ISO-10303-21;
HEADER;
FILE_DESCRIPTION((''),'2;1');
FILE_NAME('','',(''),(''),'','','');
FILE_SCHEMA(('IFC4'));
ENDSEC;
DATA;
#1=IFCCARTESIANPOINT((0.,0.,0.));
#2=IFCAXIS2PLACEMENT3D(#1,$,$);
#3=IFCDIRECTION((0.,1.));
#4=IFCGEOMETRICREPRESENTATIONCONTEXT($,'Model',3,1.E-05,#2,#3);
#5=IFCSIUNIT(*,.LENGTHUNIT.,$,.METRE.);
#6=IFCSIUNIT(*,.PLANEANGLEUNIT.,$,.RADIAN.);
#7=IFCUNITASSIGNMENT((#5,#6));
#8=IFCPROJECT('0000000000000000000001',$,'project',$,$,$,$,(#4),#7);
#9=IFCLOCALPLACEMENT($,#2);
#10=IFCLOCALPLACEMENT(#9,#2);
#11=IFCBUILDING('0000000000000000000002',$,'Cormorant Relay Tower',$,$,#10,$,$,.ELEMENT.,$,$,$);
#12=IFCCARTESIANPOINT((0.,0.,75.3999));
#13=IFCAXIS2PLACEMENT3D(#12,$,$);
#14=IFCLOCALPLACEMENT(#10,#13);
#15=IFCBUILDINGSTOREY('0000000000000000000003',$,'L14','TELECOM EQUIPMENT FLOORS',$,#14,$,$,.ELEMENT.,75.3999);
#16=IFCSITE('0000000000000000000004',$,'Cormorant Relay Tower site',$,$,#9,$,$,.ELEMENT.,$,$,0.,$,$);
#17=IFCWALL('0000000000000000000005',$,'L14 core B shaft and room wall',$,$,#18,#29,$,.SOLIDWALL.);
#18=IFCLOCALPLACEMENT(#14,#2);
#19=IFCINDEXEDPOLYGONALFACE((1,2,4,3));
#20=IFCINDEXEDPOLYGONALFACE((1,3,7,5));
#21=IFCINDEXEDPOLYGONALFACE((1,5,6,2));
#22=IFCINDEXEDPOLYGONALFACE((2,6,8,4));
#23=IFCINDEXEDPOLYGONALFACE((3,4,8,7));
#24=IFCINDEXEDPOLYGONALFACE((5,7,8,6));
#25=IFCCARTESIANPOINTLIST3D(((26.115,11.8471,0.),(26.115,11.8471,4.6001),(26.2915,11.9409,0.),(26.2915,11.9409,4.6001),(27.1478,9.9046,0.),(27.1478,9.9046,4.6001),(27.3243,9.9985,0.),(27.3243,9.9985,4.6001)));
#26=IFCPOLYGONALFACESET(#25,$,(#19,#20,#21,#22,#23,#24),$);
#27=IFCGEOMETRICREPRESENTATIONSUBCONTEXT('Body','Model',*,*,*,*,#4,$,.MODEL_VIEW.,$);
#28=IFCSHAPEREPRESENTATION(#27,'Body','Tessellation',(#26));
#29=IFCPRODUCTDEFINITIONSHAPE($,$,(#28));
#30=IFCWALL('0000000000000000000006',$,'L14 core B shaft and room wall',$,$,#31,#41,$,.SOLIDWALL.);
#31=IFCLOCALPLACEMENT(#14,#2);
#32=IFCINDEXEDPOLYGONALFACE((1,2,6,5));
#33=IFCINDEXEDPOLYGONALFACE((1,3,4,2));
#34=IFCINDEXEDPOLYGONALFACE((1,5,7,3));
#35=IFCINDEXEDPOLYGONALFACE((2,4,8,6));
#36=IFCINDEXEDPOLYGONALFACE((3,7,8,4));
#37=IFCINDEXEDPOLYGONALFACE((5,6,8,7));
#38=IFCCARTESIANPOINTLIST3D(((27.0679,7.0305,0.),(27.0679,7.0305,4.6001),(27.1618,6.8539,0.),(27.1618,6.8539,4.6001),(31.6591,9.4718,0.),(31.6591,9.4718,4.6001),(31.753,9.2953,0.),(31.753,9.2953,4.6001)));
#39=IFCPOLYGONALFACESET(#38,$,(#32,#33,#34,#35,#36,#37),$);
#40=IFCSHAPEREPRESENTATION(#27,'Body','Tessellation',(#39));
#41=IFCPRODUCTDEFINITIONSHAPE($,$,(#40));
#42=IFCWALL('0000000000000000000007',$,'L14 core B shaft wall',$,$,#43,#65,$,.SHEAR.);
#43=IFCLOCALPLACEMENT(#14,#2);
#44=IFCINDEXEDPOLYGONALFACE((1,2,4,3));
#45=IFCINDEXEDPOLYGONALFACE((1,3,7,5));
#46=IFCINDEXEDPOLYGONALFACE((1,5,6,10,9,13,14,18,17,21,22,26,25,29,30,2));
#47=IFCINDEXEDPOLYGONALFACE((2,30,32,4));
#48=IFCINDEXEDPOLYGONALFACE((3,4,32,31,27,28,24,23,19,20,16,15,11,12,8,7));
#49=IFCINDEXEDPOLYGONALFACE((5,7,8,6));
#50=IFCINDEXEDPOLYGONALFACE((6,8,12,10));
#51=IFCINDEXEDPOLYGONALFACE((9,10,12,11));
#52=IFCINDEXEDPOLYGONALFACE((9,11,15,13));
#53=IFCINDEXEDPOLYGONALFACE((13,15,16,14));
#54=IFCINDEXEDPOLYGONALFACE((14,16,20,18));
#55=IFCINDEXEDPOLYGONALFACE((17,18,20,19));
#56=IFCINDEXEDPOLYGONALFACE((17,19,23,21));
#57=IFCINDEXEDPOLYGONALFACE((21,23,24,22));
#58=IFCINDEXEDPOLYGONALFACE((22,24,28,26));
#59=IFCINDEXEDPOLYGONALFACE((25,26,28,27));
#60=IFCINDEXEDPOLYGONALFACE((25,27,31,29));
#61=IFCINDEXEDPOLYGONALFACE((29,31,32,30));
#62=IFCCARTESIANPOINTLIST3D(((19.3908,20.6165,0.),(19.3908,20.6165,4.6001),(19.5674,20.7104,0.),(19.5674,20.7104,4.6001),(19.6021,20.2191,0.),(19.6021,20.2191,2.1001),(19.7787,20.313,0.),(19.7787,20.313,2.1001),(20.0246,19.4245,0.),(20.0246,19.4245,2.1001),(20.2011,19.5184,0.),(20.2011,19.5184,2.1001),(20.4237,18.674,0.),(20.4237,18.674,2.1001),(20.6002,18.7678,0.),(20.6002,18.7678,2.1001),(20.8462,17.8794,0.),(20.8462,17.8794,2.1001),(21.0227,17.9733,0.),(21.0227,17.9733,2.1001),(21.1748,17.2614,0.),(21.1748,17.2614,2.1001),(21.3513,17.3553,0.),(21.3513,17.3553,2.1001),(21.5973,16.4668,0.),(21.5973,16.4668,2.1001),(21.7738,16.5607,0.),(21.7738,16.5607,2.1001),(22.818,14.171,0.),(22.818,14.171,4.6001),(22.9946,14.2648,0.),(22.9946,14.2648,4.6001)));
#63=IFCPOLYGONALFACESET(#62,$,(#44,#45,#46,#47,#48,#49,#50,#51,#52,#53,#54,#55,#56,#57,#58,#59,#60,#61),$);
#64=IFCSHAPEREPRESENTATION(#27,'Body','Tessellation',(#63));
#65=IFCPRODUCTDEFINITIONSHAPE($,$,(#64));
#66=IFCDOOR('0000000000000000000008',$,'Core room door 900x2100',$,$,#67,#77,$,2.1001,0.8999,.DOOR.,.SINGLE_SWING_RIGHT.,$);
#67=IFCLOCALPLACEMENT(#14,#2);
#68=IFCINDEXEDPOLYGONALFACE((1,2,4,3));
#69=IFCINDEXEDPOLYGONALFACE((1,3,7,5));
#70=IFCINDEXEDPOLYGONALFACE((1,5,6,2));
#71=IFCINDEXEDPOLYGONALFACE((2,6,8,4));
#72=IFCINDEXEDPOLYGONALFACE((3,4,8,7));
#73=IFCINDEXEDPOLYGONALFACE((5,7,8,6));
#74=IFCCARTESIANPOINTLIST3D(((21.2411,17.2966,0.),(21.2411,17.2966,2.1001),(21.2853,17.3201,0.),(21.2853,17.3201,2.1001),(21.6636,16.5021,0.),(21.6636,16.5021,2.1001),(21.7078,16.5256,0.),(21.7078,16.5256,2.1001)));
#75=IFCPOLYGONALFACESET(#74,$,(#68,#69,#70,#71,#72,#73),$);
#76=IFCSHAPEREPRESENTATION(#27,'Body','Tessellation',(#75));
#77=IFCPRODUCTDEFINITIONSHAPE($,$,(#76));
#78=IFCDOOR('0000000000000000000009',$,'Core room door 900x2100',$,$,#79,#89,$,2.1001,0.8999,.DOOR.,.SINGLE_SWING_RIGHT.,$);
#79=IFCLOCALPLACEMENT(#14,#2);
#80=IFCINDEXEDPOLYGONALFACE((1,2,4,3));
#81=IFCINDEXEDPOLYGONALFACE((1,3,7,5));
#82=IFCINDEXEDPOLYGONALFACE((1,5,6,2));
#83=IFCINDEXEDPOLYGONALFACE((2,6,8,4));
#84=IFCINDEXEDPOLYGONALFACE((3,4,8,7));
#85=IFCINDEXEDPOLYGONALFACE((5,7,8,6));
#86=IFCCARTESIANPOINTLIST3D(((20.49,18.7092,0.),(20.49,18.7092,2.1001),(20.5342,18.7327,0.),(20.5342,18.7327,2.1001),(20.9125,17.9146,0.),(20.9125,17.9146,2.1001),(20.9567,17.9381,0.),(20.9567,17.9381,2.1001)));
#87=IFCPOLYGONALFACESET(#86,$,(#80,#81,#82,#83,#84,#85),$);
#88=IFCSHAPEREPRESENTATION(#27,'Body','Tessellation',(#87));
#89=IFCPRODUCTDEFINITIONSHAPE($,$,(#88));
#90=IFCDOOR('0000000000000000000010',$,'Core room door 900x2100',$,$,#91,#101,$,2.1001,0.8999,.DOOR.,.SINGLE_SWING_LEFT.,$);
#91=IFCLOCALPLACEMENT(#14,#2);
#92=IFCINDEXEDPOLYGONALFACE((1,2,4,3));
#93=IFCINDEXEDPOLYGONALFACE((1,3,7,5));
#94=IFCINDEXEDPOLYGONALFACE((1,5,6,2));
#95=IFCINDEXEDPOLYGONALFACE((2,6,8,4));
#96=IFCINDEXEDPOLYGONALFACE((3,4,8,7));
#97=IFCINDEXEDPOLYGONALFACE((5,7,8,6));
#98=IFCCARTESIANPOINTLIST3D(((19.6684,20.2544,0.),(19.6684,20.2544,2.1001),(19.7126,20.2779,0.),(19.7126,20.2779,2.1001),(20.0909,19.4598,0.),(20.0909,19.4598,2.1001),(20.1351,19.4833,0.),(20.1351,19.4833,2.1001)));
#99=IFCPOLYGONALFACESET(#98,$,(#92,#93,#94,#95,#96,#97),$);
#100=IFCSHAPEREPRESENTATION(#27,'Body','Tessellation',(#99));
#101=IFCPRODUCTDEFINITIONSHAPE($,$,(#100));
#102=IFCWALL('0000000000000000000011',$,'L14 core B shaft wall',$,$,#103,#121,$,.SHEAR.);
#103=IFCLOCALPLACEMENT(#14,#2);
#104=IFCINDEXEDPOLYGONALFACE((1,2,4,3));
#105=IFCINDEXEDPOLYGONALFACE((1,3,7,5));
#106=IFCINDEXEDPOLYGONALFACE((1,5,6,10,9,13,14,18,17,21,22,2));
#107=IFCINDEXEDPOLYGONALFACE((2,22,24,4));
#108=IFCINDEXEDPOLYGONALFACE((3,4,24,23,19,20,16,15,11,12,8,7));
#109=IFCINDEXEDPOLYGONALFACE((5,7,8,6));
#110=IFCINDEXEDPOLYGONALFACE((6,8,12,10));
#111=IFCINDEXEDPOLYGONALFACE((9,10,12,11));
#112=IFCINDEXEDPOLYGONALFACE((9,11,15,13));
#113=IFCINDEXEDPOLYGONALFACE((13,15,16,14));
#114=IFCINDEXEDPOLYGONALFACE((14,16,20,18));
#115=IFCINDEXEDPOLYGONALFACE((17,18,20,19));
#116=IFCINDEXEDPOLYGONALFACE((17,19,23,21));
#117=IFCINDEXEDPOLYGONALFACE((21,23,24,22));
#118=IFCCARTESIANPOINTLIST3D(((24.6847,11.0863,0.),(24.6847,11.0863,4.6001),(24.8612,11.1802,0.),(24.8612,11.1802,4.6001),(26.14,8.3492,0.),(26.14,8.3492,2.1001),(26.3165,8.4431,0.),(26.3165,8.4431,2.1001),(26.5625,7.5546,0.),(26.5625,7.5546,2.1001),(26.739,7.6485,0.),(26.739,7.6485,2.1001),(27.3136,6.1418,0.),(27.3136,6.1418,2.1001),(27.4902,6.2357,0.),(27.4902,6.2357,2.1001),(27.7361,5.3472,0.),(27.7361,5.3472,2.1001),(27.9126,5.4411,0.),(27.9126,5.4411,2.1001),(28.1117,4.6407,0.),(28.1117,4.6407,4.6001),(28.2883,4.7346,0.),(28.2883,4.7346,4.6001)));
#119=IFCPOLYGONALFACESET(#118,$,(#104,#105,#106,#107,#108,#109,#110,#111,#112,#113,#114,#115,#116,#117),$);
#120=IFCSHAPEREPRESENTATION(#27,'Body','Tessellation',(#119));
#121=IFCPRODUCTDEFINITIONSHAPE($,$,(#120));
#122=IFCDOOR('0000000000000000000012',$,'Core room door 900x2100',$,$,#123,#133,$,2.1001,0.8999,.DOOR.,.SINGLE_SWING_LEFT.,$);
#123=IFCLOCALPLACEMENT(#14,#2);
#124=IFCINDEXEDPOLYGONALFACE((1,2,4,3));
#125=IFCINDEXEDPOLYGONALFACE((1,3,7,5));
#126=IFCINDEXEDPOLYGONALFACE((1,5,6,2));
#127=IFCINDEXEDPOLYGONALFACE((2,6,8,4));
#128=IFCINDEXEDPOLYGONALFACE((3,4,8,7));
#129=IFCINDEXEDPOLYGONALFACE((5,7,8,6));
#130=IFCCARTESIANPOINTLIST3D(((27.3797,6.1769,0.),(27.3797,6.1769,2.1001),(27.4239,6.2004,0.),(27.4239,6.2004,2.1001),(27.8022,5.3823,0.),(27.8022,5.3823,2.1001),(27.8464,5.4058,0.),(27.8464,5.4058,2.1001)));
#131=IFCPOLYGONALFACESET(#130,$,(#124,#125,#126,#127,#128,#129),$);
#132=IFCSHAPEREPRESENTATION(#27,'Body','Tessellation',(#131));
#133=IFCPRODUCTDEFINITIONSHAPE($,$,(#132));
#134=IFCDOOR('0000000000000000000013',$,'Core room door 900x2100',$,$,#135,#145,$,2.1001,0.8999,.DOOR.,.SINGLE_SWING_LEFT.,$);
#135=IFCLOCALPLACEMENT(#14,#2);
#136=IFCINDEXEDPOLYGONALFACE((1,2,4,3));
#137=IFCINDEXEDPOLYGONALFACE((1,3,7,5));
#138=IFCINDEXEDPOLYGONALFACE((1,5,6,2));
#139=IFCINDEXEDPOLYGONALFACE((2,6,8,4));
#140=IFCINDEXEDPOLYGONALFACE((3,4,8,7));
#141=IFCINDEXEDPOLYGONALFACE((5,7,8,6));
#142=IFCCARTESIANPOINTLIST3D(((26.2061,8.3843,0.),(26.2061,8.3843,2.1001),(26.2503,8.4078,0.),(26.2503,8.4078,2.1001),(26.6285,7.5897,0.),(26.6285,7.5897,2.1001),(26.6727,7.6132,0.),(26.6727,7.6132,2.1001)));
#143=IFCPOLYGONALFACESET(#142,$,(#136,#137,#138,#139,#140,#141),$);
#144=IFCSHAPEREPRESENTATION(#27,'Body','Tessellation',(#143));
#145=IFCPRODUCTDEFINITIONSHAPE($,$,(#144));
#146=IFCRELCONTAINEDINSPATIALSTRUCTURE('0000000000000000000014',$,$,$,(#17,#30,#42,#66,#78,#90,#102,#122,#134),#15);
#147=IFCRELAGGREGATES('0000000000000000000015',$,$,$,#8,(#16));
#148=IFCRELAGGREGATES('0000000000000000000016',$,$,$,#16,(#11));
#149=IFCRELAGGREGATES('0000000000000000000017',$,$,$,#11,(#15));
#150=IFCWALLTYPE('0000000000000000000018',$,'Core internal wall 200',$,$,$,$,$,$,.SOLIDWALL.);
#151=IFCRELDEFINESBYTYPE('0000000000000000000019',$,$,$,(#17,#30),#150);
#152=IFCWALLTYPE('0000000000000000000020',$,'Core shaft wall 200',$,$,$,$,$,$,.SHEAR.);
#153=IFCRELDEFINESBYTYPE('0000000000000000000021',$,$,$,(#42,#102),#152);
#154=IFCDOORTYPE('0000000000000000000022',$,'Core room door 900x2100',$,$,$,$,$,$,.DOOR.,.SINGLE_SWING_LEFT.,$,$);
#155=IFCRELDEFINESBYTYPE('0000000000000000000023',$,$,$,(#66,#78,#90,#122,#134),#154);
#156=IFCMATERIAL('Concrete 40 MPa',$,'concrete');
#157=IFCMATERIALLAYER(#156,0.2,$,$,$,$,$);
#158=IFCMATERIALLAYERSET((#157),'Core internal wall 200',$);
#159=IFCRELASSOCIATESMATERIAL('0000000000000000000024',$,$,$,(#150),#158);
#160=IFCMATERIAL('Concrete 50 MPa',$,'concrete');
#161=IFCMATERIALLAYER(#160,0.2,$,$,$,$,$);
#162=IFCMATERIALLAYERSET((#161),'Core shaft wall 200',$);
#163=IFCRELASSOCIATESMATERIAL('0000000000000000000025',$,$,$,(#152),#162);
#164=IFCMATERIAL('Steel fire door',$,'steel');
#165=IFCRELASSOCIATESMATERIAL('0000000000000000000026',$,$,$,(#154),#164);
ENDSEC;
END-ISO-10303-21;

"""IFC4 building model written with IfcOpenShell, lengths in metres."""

from ifc_helpers import new_model, si_unit, direction, frame, frame_2d, origin, place, context, subcontext, project, spatial, rectangle, extrude, material, layer, layer_set, type_object, element, fill, save


model = new_model("IFC4")

# Units and contexts
model_context = context("Model", 3, precision=1e-05, world=origin(), true_north=direction((0.0, 1.0)))
body_context = subcontext(model_context, "Body", "Model", "MODEL_VIEW")
ifc_project = project(units=[si_unit("LENGTHUNIT", "METRE"), si_unit("PLANEANGLEUNIT", "RADIAN")], contexts=[model_context])

# Site, building, storey
site_placement = place(None, origin())
site = spatial("IfcSite", under=ifc_project, at=site_placement, Name="Cormorant Relay Tower site", CompositionType="ELEMENT", RefElevation=0.0)
building_placement = place(site_placement, origin())
building = spatial("IfcBuilding", under=site, at=building_placement, Name="Cormorant Relay Tower", CompositionType="ELEMENT")
storey_placement = place(building_placement, frame((0.0, 0.0, 75.3999)))
storey = spatial("IfcBuildingStorey", under=building, at=storey_placement, Name="L14", Description="TELECOM EQUIPMENT FLOORS", CompositionType="ELEMENT", Elevation=75.3999)

# Walls
ifc_material_1 = material(Name="Concrete 40 MPa", Category="concrete")
ifc_layer_1 = layer(ifc_material_1, 0.2)
ifc_layer_set_1 = layer_set([ifc_layer_1], Name="Core internal wall 200")
wall_type_1 = type_object("IfcWallType", Name="Core internal wall 200", PredefinedType="SOLIDWALL", material=ifc_layer_set_1)
wall_1_placement = place(storey_placement, frame((27.2361, 9.9514, 0.0), z_axis=(0.0, 0.0, 1.0), x_axis=(-0.469447, 0.88296, 0.0)))
element("IfcWall", 1, at=wall_1_placement, inside=storey, type_object=wall_type_1, Name="L14 core B shaft and room wall", PredefinedType="SOLIDWALL", context=body_context, shape_type="SweptSolid", body=[
    extrude(rectangle(XDim=2.2, YDim=0.2, at=frame_2d((1.1001, 0.0))), origin(), (0.0, 0.0, 1.0), 4.6001),
])
wall_2_placement = place(storey_placement, frame((27.1147, 6.9421, 0.0), z_axis=(0.0, 0.0, 1.0), x_axis=(0.882935, 0.469496, 0.0)))
element("IfcWall", 2, at=wall_2_placement, inside=storey, type_object=wall_type_1, Name="L14 core B shaft and room wall", PredefinedType="SOLIDWALL", context=body_context, shape_type="SweptSolid", body=[
    extrude(rectangle(XDim=5.2, YDim=0.2, at=frame_2d((2.6001, 0.0))), origin(), (0.0, 0.0, 1.0), 4.6001),
])

# Walls, openings, doors
ifc_material_2 = material(Name="Concrete 50 MPa", Category="concrete")
ifc_layer_2 = layer(ifc_material_2, 0.2)
ifc_layer_set_2 = layer_set([ifc_layer_2], Name="Core shaft wall 200")
wall_type_2 = type_object("IfcWallType", Name="Core shaft wall 200", PredefinedType="SHEAR", material=ifc_layer_set_2)
wall_3_placement = place(storey_placement, frame((22.9062, 14.218, 0.0), z_axis=(0.0, 0.0, 1.0), x_axis=(-0.46948, 0.882943, 0.0)))
wall_3 = element("IfcWall", 3, at=wall_3_placement, inside=storey, type_object=wall_type_2, Name="L14 core B shaft wall", PredefinedType="SHEAR", context=body_context, shape_type="SweptSolid", body=[
    extrude(rectangle(XDim=7.3, YDim=0.2, at=frame_2d((3.6499, 0.0))), origin(), (0.0, 0.0, 1.0), 4.6001),
])
opening_1_placement = place(wall_3_placement, frame((2.6001, 0.0, 0.0)))
opening_1 = element("IfcOpeningElement", 4, at=opening_1_placement, cuts=wall_3, PredefinedType="OPENING", context=body_context, shape_type="SweptSolid", body=[
    extrude(rectangle(XDim=0.8999, YDim=2.1001, at=frame_2d((0.45, 1.05))), frame((0.0, 0.1099, 0.0), z_axis=(0.0, -1.0, 0.0), x_axis=(1.0, 0.0, 0.0)), (0.0, 0.0, 1.0), 0.22),
])
opening_2_placement = place(wall_3_placement, frame((4.2, 0.0, 0.0)))
opening_2 = element("IfcOpeningElement", 5, at=opening_2_placement, cuts=wall_3, PredefinedType="OPENING", context=body_context, shape_type="SweptSolid", body=[
    extrude(rectangle(XDim=0.8999, YDim=2.1001, at=frame_2d((0.45, 1.05))), frame((0.0, 0.1099, 0.0), z_axis=(0.0, -1.0, 0.0), x_axis=(1.0, 0.0, 0.0)), (0.0, 0.0, 1.0), 0.22),
])
opening_3_placement = place(wall_3_placement, frame((5.95, 0.0, 0.0)))
opening_3 = element("IfcOpeningElement", 6, at=opening_3_placement, cuts=wall_3, PredefinedType="OPENING", context=body_context, shape_type="SweptSolid", body=[
    extrude(rectangle(XDim=0.8999, YDim=2.1001, at=frame_2d((0.45, 1.05))), frame((0.0, 0.1099, 0.0), z_axis=(0.0, -1.0, 0.0), x_axis=(1.0, 0.0, 0.0)), (0.0, 0.0, 1.0), 0.22),
])
ifc_material_3 = material(Name="Steel fire door", Category="steel")
door_type_1 = type_object("IfcDoorType", Name="Core room door 900x2100", OperationType="SINGLE_SWING_LEFT", PredefinedType="DOOR", material=ifc_material_3)
door_1_placement = place(opening_1_placement, origin())
door_1 = element("IfcDoor", 7, at=door_1_placement, inside=storey, type_object=door_type_1, Name="Core room door 900x2100", OperationType="SINGLE_SWING_RIGHT", OverallHeight=2.1001, OverallWidth=0.8999, PredefinedType="DOOR", context=body_context, shape_type="SweptSolid", body=[
    extrude(rectangle(XDim=0.8999, YDim=2.1001, at=frame_2d((0.45, 1.05))), frame((0.0, 0.0249, 0.0), z_axis=(0.0, -1.0, 0.0), x_axis=(1.0, 0.0, 0.0)), (0.0, 0.0, 1.0), 0.05),
])
fill(opening_1, door_1)
door_2_placement = place(opening_2_placement, origin())
door_2 = element("IfcDoor", 8, at=door_2_placement, inside=storey, type_object=door_type_1, Name="Core room door 900x2100", OperationType="SINGLE_SWING_RIGHT", OverallHeight=2.1001, OverallWidth=0.8999, PredefinedType="DOOR", context=body_context, shape_type="SweptSolid", body=[
    extrude(rectangle(XDim=0.8999, YDim=2.1001, at=frame_2d((0.45, 1.05))), frame((0.0, 0.0249, 0.0), z_axis=(0.0, -1.0, 0.0), x_axis=(1.0, 0.0, 0.0)), (0.0, 0.0, 1.0), 0.05),
])
fill(opening_2, door_2)
door_3_placement = place(opening_3_placement, origin())
door_3 = element("IfcDoor", 9, at=door_3_placement, inside=storey, type_object=door_type_1, Name="Core room door 900x2100", OperationType="SINGLE_SWING_LEFT", OverallHeight=2.1001, OverallWidth=0.8999, PredefinedType="DOOR", context=body_context, shape_type="SweptSolid", body=[
    extrude(rectangle(XDim=0.8999, YDim=2.1001, at=frame_2d((0.45, 1.05))), frame((0.0, 0.0249, 0.0), z_axis=(0.0, -1.0, 0.0), x_axis=(1.0, 0.0, 0.0)), (0.0, 0.0, 1.0), 0.05),
])
fill(opening_3, door_3)
wall_4_placement = place(storey_placement, frame((28.2, 4.6877, 0.0), z_axis=(0.0, 0.0, 1.0), x_axis=(-0.469454, 0.882957, 0.0)))
wall_4 = element("IfcWall", 10, at=wall_4_placement, inside=storey, type_object=wall_type_2, Name="L14 core B shaft wall", PredefinedType="SHEAR", context=body_context, shape_type="SweptSolid", body=[
    extrude(rectangle(XDim=7.3, YDim=0.2, at=frame_2d((3.6499, 0.0))), origin(), (0.0, 0.0, 1.0), 4.6001),
])
opening_4_placement = place(wall_4_placement, frame((0.8, 0.0, 0.0)))
opening_4 = element("IfcOpeningElement", 11, at=opening_4_placement, cuts=wall_4, PredefinedType="OPENING", context=body_context, shape_type="SweptSolid", body=[
    extrude(rectangle(XDim=0.8999, YDim=2.1001, at=frame_2d((0.45, 1.05))), frame((0.0, 0.1099, 0.0), z_axis=(0.0, -1.0, 0.0), x_axis=(1.0, 0.0, 0.0)), (0.0, 0.0, 1.0), 0.22),
])
opening_5_placement = place(wall_4_placement, frame((3.3, 0.0, 0.0)))
opening_5 = element("IfcOpeningElement", 12, at=opening_5_placement, cuts=wall_4, PredefinedType="OPENING", context=body_context, shape_type="SweptSolid", body=[
    extrude(rectangle(XDim=0.8999, YDim=2.1001, at=frame_2d((0.45, 1.05))), frame((0.0, 0.1099, 0.0), z_axis=(0.0, -1.0, 0.0), x_axis=(1.0, 0.0, 0.0)), (0.0, 0.0, 1.0), 0.22),
])
door_4_placement = place(opening_4_placement, frame((0.8999, 0.0, 0.0), z_axis=(0.0, 0.0, 1.0), x_axis=(-1.0, 0.0, 0.0)))
door_4 = element("IfcDoor", 13, at=door_4_placement, inside=storey, type_object=door_type_1, Name="Core room door 900x2100", OperationType="SINGLE_SWING_LEFT", OverallHeight=2.1001, OverallWidth=0.8999, PredefinedType="DOOR", context=body_context, shape_type="SweptSolid", body=[
    extrude(rectangle(XDim=0.8999, YDim=2.1001, at=frame_2d((0.45, 1.05))), frame((0.0, 0.0249, 0.0), z_axis=(0.0, -1.0, 0.0), x_axis=(1.0, 0.0, 0.0)), (0.0, 0.0, 1.0), 0.05),
])
fill(opening_4, door_4)
door_5_placement = place(opening_5_placement, frame((0.8999, 0.0, 0.0), z_axis=(0.0, 0.0, 1.0), x_axis=(-1.0, 0.0, 0.0)))
door_5 = element("IfcDoor", 14, at=door_5_placement, inside=storey, type_object=door_type_1, Name="Core room door 900x2100", OperationType="SINGLE_SWING_LEFT", OverallHeight=2.1001, OverallWidth=0.8999, PredefinedType="DOOR", context=body_context, shape_type="SweptSolid", body=[
    extrude(rectangle(XDim=0.8999, YDim=2.1001, at=frame_2d((0.45, 1.05))), frame((0.0, 0.0249, 0.0), z_axis=(0.0, -1.0, 0.0), x_axis=(1.0, 0.0, 0.0)), (0.0, 0.0, 1.0), 0.05),
])
fill(opening_5, door_5)

save(model, "model.ifc")
